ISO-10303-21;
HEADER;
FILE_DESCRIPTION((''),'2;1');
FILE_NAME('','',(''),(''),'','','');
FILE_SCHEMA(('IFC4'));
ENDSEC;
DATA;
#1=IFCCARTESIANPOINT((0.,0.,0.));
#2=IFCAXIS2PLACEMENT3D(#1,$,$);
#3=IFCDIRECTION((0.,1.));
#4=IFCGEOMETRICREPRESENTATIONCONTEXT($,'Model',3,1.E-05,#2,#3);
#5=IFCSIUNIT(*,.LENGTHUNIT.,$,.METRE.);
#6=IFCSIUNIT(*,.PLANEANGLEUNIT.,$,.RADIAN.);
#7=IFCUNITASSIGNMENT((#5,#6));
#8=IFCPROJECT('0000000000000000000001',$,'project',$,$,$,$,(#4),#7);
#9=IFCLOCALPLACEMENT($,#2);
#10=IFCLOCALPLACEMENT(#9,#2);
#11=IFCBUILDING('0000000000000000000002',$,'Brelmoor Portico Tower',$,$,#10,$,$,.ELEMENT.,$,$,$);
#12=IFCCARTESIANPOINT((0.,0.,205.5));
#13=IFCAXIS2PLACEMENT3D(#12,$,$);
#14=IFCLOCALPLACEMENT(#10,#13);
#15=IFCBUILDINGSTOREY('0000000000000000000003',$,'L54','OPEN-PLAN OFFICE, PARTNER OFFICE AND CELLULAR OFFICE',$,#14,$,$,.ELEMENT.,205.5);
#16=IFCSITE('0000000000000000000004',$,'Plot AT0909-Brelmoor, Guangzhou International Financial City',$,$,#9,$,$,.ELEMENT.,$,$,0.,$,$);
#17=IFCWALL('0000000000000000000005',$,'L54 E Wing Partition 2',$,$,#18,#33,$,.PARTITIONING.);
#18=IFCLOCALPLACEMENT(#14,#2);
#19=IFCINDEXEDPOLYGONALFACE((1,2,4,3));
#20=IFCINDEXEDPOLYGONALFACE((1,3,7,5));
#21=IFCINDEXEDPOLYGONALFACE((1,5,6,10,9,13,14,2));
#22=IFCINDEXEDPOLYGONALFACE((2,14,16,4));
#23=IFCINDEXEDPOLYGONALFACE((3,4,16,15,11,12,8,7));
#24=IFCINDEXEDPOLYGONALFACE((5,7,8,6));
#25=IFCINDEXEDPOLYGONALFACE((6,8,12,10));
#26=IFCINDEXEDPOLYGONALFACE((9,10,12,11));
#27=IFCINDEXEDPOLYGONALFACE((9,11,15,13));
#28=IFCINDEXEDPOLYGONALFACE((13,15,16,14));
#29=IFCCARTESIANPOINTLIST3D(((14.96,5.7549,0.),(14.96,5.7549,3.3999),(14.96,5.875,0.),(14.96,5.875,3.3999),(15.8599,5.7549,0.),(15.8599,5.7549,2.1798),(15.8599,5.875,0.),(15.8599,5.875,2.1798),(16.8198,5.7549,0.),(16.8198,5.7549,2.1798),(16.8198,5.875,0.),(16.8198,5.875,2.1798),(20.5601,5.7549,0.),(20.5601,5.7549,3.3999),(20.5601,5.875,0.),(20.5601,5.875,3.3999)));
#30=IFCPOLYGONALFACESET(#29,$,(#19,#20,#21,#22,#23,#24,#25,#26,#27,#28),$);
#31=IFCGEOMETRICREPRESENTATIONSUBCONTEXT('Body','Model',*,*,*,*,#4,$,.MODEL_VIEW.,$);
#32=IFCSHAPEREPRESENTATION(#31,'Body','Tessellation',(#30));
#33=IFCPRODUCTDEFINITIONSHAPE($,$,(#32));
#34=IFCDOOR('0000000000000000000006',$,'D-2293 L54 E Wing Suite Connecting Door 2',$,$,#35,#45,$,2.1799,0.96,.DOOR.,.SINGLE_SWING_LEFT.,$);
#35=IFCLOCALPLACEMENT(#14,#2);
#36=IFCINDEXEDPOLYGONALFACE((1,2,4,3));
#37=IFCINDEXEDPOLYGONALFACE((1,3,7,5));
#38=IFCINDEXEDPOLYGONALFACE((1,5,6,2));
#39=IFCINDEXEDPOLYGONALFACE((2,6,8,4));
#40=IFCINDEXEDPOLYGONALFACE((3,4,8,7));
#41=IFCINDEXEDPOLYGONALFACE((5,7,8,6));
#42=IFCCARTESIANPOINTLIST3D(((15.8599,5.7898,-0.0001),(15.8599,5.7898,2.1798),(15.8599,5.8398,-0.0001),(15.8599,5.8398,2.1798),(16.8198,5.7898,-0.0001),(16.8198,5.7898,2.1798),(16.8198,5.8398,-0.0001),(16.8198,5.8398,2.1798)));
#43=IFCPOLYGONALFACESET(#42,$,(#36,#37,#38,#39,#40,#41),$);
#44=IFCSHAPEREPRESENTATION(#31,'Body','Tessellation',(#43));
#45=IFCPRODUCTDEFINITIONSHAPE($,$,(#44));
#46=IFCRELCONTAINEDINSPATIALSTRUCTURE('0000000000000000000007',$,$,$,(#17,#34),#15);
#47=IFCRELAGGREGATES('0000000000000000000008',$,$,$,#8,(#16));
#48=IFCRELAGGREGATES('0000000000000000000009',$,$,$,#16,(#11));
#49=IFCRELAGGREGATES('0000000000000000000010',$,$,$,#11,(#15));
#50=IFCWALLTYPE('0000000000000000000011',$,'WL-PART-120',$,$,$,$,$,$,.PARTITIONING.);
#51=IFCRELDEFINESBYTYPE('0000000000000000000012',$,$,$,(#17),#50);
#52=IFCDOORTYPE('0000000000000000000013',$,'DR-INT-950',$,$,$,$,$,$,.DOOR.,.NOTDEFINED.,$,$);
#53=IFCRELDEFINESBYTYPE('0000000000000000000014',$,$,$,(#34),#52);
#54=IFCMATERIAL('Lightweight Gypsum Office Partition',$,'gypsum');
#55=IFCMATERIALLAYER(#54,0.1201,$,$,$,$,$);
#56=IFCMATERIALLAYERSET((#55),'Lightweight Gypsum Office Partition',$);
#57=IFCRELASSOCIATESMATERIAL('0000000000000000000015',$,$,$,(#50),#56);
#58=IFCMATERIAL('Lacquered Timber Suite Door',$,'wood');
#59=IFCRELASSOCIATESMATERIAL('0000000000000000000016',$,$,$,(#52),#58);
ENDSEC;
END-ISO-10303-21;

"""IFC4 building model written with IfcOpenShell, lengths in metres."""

from ifc_helpers import new_model, si_unit, direction, frame, frame_2d, origin, place, context, subcontext, project, spatial, rectangle, extrude, material, layer, layer_set, type_object, element, fill, save


model = new_model("IFC4")

# Units and contexts
model_context = context("Model", 3, precision=1e-05, world=origin(), true_north=direction((0.0, 1.0)))
body_context = subcontext(model_context, "Body", "Model", "MODEL_VIEW")
ifc_project = project(units=[si_unit("LENGTHUNIT", "METRE"), si_unit("PLANEANGLEUNIT", "RADIAN")], contexts=[model_context])

# Site, building, storey
site_placement = place(None, origin())
site = spatial("IfcSite", under=ifc_project, at=site_placement, Name="Plot AT0909-Brelmoor, Guangzhou International Financial City", CompositionType="ELEMENT", RefElevation=0.0)
building_placement = place(site_placement, origin())
building = spatial("IfcBuilding", under=site, at=building_placement, Name="Brelmoor Portico Tower", CompositionType="ELEMENT")
storey_placement = place(building_placement, frame((0.0, 0.0, 205.5)))
storey = spatial("IfcBuildingStorey", under=building, at=storey_placement, Name="L54", Description="OPEN-PLAN OFFICE, PARTNER OFFICE AND CELLULAR OFFICE", CompositionType="ELEMENT", Elevation=205.5)

# Wall, opening, door
ifc_material_1 = material(Name="Lightweight Gypsum Office Partition", Category="gypsum")
ifc_layer_1 = layer(ifc_material_1, 0.1201)
ifc_layer_set_1 = layer_set([ifc_layer_1], Name="Lightweight Gypsum Office Partition")
wall_type_1 = type_object("IfcWallType", Name="WL-PART-120", PredefinedType="PARTITIONING", material=ifc_layer_set_1)
wall_1_placement = place(storey_placement, frame((14.96, 5.8149, 0.0), z_axis=(0.0, 0.0, 1.0), x_axis=(1.0, 0.0, 0.0)))
wall_1 = element("IfcWall", 1, at=wall_1_placement, inside=storey, type_object=wall_type_1, Name="L54 E Wing Partition 2", PredefinedType="PARTITIONING", context=body_context, shape_type="SweptSolid", body=[
    extrude(rectangle(XDim=5.6001, YDim=0.1201, at=frame_2d((2.8, 0.0))), origin(), (0.0, 0.0, 1.0), 3.3999),
])
opening_placement = place(wall_1_placement, frame((0.8999, 0.0, 0.0)))
opening = element("IfcOpeningElement", 2, at=opening_placement, cuts=wall_1, PredefinedType="OPENING", context=body_context, shape_type="SweptSolid", body=[
    extrude(rectangle(XDim=0.96, YDim=2.1799, at=frame_2d((0.48, 1.0898))), frame((0.0, 0.0701, 0.0), z_axis=(0.0, -1.0, 0.0), x_axis=(1.0, 0.0, 0.0)), (0.0, 0.0, 1.0), 0.1401),
])
ifc_material_2 = material(Name="Lacquered Timber Suite Door", Category="wood")
door_type = type_object("IfcDoorType", Name="DR-INT-950", OperationType="NOTDEFINED", PredefinedType="DOOR", material=ifc_material_2)
door_placement = place(opening_placement, origin())
door = element("IfcDoor", 3, at=door_placement, inside=storey, type_object=door_type, Name="D-2293 L54 E Wing Suite Connecting Door 2", OperationType="SINGLE_SWING_LEFT", OverallHeight=2.1799, OverallWidth=0.96, PredefinedType="DOOR", context=body_context, shape_type="SweptSolid", body=[
    extrude(rectangle(XDim=0.96, YDim=2.1799, at=frame_2d((0.48, 1.0898))), frame((0.0, 0.0249, 0.0), z_axis=(0.0, -1.0, 0.0), x_axis=(1.0, 0.0, 0.0)), (0.0, 0.0, 1.0), 0.05),
])
fill(opening, door)

save(model, "model.ifc")
